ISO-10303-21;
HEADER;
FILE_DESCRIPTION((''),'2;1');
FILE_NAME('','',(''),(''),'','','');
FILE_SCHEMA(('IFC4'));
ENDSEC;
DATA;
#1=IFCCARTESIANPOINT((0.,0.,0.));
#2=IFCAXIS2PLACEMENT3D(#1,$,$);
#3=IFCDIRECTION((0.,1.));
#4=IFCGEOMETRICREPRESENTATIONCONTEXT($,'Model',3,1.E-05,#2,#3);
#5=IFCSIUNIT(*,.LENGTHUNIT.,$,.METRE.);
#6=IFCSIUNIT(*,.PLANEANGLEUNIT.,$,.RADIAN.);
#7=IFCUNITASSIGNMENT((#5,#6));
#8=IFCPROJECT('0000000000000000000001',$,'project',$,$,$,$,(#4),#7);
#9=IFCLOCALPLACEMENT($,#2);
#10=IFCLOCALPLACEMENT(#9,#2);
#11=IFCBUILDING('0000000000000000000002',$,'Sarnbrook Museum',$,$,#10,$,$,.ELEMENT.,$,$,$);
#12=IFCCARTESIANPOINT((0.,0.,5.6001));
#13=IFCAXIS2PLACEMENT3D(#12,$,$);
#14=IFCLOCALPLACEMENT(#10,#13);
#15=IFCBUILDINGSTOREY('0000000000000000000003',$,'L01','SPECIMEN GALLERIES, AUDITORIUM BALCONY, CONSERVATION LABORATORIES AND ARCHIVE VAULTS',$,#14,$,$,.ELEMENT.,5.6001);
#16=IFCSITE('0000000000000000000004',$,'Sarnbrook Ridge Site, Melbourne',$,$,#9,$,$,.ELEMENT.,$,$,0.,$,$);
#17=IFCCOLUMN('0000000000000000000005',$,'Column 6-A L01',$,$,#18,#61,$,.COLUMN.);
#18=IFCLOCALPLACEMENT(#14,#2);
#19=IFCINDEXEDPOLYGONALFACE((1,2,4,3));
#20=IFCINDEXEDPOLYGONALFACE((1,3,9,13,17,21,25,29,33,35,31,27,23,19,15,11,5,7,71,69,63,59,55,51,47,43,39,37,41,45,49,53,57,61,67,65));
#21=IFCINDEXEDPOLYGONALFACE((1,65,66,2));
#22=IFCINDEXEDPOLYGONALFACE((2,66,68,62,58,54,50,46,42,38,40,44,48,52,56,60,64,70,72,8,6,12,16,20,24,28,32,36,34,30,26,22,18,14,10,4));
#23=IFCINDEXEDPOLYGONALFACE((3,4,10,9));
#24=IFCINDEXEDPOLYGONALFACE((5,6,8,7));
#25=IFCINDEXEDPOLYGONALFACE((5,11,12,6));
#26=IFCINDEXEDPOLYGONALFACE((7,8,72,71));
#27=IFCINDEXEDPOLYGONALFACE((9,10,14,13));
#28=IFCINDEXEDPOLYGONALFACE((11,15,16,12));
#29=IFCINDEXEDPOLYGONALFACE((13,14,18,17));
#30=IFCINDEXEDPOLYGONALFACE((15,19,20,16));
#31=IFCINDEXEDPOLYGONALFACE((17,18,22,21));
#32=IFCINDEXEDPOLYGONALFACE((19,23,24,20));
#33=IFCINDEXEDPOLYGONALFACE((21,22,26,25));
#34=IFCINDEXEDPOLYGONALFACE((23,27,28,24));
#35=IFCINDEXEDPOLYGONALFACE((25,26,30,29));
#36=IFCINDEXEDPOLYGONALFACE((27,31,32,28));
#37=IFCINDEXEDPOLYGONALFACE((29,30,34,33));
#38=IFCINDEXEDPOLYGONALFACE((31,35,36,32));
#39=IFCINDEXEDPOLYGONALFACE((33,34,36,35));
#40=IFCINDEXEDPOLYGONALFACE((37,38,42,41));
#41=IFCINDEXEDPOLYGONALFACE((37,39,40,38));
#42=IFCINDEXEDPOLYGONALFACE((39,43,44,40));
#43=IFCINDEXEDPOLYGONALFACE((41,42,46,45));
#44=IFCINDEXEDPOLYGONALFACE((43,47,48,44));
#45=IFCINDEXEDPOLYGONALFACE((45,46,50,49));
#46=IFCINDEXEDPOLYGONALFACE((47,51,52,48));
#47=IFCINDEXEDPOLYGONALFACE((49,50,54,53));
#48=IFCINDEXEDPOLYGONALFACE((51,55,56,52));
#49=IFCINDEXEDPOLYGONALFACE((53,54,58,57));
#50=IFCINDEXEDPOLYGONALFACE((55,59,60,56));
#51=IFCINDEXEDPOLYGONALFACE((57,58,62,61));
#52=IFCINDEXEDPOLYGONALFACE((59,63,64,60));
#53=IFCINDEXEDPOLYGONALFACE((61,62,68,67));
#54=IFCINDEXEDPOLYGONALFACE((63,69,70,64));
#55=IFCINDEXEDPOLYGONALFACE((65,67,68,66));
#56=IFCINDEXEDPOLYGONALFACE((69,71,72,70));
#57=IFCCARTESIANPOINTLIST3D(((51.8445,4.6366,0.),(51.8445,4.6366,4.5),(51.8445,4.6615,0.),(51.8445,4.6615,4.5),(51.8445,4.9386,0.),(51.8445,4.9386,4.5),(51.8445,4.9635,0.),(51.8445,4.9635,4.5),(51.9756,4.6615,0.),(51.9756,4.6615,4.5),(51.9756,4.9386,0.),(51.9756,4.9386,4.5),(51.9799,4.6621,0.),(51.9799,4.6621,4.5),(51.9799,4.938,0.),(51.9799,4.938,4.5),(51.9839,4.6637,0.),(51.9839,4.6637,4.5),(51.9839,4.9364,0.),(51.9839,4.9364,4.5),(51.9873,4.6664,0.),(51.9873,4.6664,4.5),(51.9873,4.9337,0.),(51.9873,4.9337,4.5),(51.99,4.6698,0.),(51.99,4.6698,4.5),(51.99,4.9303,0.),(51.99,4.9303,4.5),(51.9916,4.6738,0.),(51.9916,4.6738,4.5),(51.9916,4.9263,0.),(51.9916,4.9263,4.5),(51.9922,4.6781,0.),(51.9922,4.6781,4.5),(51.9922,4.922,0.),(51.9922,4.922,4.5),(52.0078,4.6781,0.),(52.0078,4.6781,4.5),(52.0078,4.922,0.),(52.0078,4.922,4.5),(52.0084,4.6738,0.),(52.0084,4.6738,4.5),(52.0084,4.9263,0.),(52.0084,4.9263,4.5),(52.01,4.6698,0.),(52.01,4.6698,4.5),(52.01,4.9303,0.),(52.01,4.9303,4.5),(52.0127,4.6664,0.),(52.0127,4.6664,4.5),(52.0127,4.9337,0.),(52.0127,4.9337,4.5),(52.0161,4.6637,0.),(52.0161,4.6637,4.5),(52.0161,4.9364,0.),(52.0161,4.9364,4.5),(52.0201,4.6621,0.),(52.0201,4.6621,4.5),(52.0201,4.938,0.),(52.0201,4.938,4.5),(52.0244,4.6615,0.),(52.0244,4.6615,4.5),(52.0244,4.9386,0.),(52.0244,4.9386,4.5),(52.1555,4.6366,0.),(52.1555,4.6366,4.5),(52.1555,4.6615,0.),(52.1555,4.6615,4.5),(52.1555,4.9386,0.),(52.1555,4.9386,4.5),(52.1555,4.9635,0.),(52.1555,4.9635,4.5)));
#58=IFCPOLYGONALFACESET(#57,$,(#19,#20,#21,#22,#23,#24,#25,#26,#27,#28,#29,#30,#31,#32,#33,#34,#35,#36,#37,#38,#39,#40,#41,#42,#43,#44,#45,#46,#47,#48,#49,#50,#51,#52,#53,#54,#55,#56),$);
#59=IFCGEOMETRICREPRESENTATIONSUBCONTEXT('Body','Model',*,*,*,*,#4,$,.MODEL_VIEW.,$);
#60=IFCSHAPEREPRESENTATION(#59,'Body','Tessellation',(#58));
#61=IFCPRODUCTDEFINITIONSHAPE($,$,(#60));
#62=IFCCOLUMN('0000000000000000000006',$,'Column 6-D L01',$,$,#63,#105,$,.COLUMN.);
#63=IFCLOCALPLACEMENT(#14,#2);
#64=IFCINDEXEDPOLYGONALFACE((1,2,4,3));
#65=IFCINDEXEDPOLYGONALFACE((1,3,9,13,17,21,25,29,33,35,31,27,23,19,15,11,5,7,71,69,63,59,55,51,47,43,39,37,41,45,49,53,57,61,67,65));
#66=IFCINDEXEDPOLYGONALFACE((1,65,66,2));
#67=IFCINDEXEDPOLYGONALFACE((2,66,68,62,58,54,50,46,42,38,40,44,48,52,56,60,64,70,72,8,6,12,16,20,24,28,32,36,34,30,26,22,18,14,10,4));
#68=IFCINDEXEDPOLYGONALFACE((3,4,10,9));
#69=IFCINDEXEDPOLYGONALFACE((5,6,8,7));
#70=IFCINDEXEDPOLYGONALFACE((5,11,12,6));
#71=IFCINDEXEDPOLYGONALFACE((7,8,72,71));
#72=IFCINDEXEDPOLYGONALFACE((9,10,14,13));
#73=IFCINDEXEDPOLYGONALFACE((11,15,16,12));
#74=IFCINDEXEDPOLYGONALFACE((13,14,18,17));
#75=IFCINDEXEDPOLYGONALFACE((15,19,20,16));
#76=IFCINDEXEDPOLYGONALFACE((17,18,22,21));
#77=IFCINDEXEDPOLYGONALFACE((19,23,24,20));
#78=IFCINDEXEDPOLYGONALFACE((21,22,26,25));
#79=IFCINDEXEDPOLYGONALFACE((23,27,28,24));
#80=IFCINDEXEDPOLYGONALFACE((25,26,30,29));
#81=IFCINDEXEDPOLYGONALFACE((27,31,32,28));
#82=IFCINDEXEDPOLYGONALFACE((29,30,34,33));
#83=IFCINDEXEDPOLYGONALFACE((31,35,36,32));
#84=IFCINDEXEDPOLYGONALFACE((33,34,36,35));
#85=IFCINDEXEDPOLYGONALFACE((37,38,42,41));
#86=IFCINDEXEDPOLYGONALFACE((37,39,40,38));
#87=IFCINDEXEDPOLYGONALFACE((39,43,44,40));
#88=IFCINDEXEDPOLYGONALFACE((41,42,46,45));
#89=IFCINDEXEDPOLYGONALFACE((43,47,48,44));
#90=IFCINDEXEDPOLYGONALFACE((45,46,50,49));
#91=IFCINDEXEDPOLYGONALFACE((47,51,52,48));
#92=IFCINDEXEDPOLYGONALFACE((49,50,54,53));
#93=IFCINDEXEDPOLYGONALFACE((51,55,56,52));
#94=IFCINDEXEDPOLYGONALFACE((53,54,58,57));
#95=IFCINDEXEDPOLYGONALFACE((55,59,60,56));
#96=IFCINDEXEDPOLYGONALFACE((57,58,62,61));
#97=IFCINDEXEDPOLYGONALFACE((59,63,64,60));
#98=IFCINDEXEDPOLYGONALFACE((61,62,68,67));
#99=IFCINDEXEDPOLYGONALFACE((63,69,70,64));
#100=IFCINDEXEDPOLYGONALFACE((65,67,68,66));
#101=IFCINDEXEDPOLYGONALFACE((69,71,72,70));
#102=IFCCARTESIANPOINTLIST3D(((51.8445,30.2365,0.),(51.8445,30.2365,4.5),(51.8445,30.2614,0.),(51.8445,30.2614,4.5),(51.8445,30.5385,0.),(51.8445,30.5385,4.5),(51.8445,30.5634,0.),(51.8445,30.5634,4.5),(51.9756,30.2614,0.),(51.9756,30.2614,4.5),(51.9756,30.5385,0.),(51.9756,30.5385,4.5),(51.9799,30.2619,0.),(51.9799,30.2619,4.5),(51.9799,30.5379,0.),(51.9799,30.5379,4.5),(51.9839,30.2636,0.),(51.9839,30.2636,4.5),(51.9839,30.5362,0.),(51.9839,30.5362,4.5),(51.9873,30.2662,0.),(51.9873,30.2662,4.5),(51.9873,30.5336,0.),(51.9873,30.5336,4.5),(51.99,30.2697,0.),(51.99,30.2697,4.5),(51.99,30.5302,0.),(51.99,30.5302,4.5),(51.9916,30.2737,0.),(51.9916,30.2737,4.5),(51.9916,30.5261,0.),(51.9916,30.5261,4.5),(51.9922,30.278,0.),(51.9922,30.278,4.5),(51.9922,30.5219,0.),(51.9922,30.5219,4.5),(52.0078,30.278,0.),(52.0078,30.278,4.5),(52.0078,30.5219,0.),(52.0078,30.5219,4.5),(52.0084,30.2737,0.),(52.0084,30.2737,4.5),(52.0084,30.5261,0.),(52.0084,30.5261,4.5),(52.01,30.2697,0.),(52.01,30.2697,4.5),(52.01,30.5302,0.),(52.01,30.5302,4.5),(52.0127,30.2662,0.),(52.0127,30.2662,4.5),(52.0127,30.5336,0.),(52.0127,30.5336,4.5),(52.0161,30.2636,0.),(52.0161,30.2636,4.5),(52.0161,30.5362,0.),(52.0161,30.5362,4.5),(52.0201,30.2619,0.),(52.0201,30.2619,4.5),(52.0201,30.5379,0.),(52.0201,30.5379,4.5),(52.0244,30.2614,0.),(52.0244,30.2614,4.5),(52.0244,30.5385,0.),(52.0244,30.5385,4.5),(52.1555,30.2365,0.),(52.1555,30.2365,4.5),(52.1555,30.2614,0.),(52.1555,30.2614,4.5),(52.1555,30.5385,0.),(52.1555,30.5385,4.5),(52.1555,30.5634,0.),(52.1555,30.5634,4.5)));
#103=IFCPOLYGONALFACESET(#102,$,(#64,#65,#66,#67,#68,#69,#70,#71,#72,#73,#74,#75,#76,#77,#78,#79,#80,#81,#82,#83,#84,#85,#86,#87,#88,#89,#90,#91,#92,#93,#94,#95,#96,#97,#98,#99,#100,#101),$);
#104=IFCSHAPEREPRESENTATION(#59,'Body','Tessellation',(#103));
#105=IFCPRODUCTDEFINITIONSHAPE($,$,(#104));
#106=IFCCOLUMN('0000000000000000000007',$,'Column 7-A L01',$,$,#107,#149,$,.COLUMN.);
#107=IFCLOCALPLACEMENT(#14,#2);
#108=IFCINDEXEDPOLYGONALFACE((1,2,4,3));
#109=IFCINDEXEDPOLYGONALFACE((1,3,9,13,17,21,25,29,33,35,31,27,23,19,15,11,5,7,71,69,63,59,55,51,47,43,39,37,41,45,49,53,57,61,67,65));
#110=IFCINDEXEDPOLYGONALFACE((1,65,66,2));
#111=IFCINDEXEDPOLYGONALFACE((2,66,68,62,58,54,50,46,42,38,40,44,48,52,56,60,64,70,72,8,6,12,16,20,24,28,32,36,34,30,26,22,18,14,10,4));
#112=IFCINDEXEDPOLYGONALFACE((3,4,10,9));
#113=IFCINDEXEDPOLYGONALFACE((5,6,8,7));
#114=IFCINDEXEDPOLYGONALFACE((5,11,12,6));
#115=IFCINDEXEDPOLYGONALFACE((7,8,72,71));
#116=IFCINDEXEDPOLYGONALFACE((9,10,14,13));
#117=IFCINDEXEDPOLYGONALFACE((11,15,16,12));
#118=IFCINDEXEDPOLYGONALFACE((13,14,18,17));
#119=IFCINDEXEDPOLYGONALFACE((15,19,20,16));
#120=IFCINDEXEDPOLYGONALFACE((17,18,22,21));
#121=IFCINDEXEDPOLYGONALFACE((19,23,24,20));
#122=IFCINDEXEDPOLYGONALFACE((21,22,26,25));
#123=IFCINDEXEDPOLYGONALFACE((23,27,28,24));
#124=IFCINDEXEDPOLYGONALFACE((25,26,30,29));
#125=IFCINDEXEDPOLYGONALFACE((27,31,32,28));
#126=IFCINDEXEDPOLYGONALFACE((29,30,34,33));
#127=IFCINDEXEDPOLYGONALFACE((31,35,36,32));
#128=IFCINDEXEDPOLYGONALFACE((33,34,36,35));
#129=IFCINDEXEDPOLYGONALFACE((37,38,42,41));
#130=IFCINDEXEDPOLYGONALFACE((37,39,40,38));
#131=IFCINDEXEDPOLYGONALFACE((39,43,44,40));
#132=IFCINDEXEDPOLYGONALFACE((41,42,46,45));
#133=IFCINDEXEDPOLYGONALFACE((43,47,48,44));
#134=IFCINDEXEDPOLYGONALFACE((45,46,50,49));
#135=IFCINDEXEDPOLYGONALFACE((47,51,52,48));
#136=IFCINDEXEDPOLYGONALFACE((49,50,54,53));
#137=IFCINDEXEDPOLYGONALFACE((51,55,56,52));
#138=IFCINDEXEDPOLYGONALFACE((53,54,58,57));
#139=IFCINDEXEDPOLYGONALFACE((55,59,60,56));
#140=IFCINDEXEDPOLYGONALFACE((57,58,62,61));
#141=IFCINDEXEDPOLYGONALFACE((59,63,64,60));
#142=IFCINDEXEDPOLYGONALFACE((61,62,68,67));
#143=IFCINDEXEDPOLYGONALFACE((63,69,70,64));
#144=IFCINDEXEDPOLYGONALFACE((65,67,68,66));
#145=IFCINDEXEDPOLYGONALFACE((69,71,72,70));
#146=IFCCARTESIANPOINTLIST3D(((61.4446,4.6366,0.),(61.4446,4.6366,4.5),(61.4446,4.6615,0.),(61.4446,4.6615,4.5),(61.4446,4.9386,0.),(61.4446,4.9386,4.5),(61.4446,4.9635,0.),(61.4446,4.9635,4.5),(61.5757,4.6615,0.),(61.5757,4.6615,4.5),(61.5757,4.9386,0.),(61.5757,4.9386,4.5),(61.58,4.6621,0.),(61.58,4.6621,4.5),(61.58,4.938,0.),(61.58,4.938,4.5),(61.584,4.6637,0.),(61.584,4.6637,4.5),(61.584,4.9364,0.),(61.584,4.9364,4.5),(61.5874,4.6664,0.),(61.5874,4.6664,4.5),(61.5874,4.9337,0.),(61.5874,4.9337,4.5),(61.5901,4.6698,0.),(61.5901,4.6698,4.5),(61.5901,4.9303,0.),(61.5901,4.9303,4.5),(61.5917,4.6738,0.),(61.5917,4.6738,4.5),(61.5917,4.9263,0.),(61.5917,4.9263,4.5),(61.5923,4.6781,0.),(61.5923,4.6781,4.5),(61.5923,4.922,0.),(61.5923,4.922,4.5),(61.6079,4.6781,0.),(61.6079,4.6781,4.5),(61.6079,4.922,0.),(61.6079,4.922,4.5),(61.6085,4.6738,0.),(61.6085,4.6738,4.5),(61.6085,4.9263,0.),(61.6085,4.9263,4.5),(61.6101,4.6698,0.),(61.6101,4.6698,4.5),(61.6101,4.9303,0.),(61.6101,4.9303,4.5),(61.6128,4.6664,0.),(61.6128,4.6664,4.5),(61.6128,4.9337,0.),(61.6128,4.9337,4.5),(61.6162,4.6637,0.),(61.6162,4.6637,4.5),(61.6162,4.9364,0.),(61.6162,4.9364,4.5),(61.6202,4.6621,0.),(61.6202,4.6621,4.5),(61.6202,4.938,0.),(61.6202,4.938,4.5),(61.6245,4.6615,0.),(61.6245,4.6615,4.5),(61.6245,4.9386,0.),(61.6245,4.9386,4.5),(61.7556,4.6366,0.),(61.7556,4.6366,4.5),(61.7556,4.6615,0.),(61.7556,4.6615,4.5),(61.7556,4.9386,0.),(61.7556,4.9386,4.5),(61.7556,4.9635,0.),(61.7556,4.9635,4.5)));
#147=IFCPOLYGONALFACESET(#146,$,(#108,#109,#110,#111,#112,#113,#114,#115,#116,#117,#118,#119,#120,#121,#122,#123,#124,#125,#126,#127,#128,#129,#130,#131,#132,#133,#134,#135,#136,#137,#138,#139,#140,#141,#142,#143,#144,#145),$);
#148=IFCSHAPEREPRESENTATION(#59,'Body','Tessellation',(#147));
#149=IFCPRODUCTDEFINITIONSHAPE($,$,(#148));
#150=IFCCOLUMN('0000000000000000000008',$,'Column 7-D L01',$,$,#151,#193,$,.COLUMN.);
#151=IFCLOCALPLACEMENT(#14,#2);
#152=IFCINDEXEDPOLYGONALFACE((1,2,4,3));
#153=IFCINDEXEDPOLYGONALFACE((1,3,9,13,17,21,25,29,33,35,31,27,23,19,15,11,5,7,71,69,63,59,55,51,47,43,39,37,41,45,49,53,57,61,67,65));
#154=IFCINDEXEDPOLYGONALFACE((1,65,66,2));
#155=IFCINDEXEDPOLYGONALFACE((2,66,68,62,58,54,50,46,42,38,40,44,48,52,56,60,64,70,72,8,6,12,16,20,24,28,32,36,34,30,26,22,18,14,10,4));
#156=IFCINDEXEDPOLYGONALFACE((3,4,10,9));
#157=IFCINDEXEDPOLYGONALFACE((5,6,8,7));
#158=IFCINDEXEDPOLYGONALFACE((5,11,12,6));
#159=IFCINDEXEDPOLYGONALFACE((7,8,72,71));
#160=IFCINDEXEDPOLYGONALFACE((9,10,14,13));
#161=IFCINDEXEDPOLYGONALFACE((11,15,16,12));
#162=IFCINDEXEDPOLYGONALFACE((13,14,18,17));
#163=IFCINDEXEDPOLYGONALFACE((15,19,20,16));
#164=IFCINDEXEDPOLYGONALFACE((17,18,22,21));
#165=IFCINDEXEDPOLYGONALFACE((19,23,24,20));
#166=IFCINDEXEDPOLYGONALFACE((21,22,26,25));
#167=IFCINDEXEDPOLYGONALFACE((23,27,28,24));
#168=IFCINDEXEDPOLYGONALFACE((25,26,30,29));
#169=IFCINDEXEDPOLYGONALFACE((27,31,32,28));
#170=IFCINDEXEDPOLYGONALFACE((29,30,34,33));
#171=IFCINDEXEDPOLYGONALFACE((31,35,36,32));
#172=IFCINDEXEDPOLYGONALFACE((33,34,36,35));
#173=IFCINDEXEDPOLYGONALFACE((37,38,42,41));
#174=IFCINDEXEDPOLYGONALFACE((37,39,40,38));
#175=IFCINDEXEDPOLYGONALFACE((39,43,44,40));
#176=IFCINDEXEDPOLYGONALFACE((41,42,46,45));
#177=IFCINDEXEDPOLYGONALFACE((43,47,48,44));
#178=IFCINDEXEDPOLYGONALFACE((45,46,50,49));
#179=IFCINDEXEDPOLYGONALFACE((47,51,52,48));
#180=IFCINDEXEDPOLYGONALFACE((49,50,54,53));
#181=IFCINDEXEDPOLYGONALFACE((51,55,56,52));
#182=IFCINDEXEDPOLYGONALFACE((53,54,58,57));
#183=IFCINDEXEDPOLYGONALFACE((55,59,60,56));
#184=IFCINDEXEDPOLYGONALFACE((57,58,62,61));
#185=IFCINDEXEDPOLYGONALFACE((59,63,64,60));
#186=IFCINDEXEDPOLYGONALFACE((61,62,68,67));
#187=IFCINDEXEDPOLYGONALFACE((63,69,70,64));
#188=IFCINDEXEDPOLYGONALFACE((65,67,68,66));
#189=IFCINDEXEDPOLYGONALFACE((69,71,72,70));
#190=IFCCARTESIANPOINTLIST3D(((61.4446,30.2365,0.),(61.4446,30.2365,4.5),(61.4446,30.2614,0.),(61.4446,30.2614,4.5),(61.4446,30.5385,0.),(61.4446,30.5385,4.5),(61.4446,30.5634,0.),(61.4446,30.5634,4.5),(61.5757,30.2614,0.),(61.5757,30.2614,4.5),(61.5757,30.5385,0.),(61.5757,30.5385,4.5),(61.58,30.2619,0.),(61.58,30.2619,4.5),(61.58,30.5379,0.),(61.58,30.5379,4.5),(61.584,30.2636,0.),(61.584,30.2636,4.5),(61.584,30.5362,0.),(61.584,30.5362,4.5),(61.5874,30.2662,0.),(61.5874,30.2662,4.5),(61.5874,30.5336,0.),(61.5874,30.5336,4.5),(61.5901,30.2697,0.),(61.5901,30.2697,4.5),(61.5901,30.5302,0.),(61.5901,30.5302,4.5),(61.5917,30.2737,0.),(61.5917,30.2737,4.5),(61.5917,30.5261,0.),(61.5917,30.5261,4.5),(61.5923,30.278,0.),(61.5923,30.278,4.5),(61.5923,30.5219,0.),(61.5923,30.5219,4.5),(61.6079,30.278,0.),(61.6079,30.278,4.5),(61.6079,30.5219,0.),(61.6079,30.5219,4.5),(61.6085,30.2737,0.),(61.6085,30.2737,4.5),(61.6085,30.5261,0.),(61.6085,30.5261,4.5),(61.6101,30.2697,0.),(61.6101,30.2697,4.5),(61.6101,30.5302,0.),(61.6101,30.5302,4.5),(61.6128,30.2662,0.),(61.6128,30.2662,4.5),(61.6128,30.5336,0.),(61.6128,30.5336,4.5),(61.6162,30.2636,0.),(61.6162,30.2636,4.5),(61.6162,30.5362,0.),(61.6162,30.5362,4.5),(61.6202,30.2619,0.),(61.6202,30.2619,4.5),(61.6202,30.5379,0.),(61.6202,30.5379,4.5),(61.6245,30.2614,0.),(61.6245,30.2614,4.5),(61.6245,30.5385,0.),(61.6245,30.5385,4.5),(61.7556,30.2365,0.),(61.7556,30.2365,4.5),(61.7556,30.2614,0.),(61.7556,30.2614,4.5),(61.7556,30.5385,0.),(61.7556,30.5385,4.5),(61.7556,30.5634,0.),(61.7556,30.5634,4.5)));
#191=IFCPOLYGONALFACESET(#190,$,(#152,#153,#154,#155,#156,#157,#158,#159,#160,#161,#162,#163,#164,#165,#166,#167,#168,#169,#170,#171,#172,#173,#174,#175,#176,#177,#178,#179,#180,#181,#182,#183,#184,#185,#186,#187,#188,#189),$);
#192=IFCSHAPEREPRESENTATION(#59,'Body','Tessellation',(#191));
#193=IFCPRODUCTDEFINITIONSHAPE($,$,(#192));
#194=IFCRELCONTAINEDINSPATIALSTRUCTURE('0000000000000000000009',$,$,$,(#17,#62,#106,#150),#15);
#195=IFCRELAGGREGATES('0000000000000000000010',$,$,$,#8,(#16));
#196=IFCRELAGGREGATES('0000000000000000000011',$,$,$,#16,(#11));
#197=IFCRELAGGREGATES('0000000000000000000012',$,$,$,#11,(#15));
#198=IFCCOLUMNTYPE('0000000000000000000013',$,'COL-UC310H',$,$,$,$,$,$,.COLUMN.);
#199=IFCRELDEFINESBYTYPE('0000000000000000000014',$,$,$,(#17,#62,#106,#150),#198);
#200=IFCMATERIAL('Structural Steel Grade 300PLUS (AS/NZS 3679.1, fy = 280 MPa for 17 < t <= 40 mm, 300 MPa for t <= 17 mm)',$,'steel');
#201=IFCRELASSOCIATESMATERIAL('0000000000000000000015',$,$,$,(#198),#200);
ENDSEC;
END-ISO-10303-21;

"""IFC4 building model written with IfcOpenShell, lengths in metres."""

from ifc_helpers import new_model, si_unit, direction, frame, origin, origin_2d, place, context, subcontext, project, spatial, i_section, extrude, material, material_profile, profile_set, type_object, element, save


model = new_model("IFC4")

# Units and contexts
model_context = context("Model", 3, precision=1e-05, world=origin(), true_north=direction((0.0, 1.0)))
body_context = subcontext(model_context, "Body", "Model", "MODEL_VIEW")
ifc_project = project(units=[si_unit("LENGTHUNIT", "METRE"), si_unit("PLANEANGLEUNIT", "RADIAN")], contexts=[model_context])

# Site, building, storey
site_placement = place(None, origin())
site = spatial("IfcSite", under=ifc_project, at=site_placement, Name="Sarnbrook Ridge Site, Melbourne", CompositionType="ELEMENT", RefElevation=0.0)
building_placement = place(site_placement, origin())
building = spatial("IfcBuilding", under=site, at=building_placement, Name="Sarnbrook Museum", CompositionType="ELEMENT")
storey_placement = place(building_placement, frame((0.0, 0.0, 5.6001)))
storey = spatial("IfcBuildingStorey", under=building, at=storey_placement, Name="L01", Description="SPECIMEN GALLERIES, AUDITORIUM BALCONY, CONSERVATION LABORATORIES AND ARCHIVE VAULTS", CompositionType="ELEMENT", Elevation=5.6001)

# Columns
ifc_material_1 = material(Name="Structural Steel Grade 300PLUS (AS/NZS 3679.1, fy = 280 MPa for 17 < t <= 40 mm, 300 MPa for t <= 17 mm)", Category="steel")
ifc_material_profile_1 = material_profile(ifc_material_1, i_section(OverallWidth=0.311, OverallDepth=0.3269, WebThickness=0.0156, FlangeThickness=0.0249, FilletRadius=0.0166, at=origin_2d()), Name="310UC158")
ifc_profile_set_1 = profile_set([ifc_material_profile_1], Name="Structural Steel Grade 300PLUS (AS/NZS 3679.1, fy = 280 MPa for 17 < t <= 40 mm, 300 MPa for t <= 17 mm)")
column_type_1 = type_object("IfcColumnType", Name="COL-UC310H", PredefinedType="COLUMN", material=ifc_profile_set_1)
for number, where, z_axis, x_axis, name in (
    (1, (52.0, 4.8, 0.0), (0.0, 0.0, 1.0), (1.0, 0.0, 0.0), "Column 6-A L01"),
    (2, (52.0, 30.3999, 0.0), (0.0, 0.0, 1.0), (1.0, 0.0, 0.0), "Column 6-D L01"),
    (3, (61.6001, 4.8, 0.0), (0.0, 0.0, 1.0), (1.0, 0.0, 0.0), "Column 7-A L01"),
    (4, (61.6001, 30.3999, 0.0), (0.0, 0.0, 1.0), (1.0, 0.0, 0.0), "Column 7-D L01"),
):
    element("IfcColumn", number, at=place(storey_placement, frame(where, z_axis=z_axis, x_axis=x_axis)), inside=storey, type_object=column_type_1, Name=name, PredefinedType="COLUMN", context=body_context, shape_type="SweptSolid", body=[
        extrude(i_section(OverallWidth=0.311, OverallDepth=0.3269, WebThickness=0.0156, FlangeThickness=0.0249, FilletRadius=0.0166, at=origin_2d()), origin(), (0.0, 0.0, 1.0), 4.5),
    ])

save(model, "model.ifc")
